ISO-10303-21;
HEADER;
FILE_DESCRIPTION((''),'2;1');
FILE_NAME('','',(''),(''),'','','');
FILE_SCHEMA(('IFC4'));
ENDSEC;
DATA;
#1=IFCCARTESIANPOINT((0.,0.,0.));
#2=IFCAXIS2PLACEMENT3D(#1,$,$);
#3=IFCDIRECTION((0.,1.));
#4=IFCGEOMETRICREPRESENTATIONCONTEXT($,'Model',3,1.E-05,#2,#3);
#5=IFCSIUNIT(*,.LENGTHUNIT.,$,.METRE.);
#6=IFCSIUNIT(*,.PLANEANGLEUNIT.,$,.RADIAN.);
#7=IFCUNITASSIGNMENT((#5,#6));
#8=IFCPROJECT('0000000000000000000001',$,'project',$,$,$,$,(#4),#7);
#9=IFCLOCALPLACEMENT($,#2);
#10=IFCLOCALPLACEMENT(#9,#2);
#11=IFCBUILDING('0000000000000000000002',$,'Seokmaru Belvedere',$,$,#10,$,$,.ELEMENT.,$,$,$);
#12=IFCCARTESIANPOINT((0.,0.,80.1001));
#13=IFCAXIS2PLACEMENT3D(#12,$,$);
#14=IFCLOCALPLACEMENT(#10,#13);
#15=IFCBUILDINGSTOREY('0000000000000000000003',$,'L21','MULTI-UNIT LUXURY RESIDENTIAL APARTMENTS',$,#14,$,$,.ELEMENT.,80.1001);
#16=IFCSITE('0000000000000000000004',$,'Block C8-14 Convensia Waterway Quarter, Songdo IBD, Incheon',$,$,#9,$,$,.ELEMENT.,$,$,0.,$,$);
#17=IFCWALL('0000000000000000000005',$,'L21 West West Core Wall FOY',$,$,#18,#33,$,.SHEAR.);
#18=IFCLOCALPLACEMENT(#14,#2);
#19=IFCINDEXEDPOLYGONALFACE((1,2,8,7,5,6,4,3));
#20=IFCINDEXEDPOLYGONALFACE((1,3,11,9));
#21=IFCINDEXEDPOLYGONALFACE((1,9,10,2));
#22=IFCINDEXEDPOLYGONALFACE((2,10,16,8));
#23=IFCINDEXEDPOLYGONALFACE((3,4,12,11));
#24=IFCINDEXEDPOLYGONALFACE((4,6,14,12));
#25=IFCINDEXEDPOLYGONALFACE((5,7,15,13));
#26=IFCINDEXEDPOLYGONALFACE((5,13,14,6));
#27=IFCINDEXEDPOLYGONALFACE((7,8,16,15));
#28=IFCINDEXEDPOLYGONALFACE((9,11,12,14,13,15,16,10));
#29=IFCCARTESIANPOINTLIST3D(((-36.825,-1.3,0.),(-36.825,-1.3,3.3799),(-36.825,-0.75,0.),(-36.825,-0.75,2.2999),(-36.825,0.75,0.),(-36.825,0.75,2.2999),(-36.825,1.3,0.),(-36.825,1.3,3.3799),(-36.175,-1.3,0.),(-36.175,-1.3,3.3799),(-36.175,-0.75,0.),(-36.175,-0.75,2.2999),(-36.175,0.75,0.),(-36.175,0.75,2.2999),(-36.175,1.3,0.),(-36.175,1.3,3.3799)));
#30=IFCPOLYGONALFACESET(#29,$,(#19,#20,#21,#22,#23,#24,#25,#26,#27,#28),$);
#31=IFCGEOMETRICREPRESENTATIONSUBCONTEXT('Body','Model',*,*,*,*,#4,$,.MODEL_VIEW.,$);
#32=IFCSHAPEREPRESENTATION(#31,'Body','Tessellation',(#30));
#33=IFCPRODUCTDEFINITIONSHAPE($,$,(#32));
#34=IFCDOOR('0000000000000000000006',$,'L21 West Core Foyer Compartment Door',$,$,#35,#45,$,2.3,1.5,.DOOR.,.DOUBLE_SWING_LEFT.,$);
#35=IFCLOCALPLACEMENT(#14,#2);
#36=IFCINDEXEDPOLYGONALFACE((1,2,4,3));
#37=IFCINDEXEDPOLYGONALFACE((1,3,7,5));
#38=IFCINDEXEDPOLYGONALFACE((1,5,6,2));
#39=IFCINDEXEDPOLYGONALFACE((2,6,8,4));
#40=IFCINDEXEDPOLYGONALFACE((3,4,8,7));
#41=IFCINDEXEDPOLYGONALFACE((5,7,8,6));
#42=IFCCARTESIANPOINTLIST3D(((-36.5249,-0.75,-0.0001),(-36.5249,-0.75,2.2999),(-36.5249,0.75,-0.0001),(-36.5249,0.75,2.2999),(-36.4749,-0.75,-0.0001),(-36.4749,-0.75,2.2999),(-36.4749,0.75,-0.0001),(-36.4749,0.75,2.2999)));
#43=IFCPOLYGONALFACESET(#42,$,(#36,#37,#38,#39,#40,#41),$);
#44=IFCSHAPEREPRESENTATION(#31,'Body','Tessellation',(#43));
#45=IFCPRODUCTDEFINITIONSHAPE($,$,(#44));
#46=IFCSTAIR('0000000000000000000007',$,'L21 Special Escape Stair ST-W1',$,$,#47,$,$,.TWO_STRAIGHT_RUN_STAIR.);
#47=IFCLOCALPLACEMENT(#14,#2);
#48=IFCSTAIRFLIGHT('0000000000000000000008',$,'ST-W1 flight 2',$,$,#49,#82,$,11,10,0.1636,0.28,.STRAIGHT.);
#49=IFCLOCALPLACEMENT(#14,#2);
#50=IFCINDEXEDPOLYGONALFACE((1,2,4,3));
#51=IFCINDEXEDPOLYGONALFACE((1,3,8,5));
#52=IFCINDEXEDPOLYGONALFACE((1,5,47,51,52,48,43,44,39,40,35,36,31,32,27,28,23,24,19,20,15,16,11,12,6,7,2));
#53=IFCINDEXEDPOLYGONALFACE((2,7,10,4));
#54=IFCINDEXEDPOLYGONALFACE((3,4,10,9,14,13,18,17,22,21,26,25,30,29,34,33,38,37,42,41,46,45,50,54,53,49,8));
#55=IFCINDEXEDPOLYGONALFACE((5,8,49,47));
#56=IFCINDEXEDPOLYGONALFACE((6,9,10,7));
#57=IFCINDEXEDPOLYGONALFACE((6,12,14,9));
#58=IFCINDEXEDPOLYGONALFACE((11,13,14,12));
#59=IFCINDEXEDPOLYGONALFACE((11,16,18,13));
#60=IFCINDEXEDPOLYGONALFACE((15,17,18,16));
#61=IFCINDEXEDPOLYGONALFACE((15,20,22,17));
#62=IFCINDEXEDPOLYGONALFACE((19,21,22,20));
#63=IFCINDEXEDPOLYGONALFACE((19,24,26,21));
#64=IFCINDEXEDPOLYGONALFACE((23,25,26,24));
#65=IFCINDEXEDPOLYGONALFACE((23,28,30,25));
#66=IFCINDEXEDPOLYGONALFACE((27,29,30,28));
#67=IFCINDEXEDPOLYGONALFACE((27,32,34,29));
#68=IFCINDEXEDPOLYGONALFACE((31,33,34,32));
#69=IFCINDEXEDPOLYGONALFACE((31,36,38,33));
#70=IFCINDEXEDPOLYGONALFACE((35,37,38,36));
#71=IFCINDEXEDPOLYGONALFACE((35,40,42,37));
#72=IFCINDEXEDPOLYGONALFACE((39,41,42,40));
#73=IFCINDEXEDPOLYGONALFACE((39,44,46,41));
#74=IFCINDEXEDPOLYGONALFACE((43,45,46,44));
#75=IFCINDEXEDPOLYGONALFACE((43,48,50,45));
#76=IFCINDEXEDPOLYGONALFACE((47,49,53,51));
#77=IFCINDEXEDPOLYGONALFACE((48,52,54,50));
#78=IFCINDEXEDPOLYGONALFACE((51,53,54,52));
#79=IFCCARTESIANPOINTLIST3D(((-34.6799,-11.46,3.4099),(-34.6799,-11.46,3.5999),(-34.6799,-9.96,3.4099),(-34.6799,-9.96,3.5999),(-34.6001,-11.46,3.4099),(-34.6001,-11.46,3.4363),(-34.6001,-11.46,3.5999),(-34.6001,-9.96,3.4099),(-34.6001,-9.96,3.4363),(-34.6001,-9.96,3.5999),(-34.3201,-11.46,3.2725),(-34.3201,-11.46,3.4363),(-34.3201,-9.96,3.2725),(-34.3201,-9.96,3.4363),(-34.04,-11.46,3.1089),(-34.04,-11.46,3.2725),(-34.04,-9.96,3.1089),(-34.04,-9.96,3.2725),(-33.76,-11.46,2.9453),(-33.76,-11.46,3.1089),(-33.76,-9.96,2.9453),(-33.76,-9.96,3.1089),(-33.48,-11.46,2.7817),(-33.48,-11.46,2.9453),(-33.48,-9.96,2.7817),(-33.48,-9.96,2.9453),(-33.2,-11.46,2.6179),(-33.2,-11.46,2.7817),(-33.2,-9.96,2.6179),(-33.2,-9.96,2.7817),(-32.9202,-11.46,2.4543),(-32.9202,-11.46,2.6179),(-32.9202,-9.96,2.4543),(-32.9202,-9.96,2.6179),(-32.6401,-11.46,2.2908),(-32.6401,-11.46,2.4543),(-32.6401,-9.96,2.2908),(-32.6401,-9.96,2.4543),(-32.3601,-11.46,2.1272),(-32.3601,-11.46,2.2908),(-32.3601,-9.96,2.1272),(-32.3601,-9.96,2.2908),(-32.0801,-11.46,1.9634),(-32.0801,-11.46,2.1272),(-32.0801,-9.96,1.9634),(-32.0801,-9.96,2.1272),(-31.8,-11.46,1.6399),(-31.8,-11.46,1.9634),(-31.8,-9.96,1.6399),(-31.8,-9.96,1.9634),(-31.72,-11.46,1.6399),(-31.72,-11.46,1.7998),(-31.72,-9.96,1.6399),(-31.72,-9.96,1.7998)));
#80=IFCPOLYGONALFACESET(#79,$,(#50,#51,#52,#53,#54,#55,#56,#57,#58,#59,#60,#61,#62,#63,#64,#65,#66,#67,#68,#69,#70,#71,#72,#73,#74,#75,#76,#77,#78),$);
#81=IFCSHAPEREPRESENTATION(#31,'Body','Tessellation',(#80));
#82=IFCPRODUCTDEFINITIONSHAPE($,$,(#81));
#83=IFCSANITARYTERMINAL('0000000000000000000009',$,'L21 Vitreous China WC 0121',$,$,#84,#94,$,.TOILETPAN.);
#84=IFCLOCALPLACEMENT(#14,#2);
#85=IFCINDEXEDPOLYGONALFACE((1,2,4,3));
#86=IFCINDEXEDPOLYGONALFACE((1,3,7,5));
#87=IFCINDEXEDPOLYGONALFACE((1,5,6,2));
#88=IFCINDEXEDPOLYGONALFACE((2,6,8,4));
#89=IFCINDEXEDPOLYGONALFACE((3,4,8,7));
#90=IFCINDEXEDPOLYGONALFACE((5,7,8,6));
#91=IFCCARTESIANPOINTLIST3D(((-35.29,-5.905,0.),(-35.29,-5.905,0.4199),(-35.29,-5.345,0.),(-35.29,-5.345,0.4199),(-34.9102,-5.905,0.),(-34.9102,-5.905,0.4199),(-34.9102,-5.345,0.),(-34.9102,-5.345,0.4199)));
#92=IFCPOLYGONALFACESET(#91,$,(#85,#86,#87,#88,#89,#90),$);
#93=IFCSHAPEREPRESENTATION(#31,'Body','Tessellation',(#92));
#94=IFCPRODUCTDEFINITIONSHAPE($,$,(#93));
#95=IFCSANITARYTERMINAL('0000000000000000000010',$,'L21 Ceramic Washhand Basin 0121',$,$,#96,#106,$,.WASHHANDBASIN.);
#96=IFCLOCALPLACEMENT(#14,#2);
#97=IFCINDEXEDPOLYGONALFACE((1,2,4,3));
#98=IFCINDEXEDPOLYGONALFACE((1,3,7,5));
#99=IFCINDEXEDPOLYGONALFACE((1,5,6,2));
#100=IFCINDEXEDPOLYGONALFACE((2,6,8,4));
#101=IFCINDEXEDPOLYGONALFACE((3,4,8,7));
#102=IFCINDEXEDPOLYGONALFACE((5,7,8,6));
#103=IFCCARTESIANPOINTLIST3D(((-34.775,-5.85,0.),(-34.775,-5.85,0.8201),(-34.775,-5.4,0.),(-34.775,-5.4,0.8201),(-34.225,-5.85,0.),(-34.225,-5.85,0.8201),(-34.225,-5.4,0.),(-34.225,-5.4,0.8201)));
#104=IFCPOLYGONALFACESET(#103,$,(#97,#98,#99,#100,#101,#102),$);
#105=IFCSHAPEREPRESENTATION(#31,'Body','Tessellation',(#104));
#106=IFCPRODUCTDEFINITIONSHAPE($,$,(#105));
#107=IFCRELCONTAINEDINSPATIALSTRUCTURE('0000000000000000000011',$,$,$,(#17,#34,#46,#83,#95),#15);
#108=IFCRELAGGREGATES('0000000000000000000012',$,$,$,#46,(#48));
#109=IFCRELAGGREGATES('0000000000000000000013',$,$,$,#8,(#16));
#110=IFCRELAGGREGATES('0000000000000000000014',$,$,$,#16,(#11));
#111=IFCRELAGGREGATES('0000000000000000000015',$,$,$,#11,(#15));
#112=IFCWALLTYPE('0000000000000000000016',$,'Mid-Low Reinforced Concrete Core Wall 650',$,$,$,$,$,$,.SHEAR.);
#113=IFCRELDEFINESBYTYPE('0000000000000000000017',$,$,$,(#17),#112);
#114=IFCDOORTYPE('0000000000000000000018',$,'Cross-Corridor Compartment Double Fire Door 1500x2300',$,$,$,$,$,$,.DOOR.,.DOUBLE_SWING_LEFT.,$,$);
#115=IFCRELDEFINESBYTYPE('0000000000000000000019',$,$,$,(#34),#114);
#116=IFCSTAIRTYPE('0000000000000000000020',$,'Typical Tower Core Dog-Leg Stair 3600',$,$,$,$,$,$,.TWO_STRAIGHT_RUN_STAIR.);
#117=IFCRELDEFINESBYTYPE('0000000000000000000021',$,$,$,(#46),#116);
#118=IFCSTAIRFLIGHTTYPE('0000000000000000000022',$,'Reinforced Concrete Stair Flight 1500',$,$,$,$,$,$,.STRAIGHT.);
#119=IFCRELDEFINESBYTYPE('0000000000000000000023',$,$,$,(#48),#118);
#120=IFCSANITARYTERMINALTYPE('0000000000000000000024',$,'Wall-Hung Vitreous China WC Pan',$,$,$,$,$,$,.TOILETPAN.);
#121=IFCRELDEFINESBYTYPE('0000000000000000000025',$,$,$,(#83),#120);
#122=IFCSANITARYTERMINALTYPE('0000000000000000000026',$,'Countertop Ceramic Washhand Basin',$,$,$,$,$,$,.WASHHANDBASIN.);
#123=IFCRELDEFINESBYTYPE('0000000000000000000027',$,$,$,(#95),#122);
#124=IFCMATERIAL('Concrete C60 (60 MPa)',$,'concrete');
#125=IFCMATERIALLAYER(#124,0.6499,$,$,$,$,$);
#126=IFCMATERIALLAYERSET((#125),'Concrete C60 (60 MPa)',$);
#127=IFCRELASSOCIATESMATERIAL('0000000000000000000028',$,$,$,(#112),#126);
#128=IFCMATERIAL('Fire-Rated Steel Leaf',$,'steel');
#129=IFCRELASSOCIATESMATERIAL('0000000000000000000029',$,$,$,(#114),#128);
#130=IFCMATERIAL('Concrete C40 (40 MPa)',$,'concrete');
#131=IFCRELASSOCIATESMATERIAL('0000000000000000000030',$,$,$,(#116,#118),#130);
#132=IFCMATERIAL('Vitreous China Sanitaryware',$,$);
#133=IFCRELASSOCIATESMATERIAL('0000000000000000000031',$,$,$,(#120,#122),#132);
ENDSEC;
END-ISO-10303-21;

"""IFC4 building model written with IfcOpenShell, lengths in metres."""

from ifc_helpers import new_model, si_unit, direction, frame, frame_2d, origin, origin_2d, place, context, subcontext, project, spatial, polyline, rectangle, outline, extrude, source, transform, mapped, material, layer, layer_set, type_object, type_shapes, element, fill, aggregate, save


model = new_model("IFC4")

# Units and contexts
model_context = context("Model", 3, precision=1e-05, world=origin(), true_north=direction((0.0, 1.0)))
body_context = subcontext(model_context, "Body", "Model", "MODEL_VIEW")
ifc_project = project(units=[si_unit("LENGTHUNIT", "METRE"), si_unit("PLANEANGLEUNIT", "RADIAN")], contexts=[model_context])

# Site, building, storey
site_placement = place(None, origin())
site = spatial("IfcSite", under=ifc_project, at=site_placement, Name="Block C8-14 Convensia Waterway Quarter, Songdo IBD, Incheon", CompositionType="ELEMENT", RefElevation=0.0)
building_placement = place(site_placement, origin())
building = spatial("IfcBuilding", under=site, at=building_placement, Name="Seokmaru Belvedere", CompositionType="ELEMENT")
storey_placement = place(building_placement, frame((0.0, 0.0, 80.1001)))
storey = spatial("IfcBuildingStorey", under=building, at=storey_placement, Name="L21", Description="MULTI-UNIT LUXURY RESIDENTIAL APARTMENTS", CompositionType="ELEMENT", Elevation=80.1001)

# Wall, opening, door
ifc_material_1 = material(Name="Fire-Rated Steel Leaf", Category="steel")
ifc_material_2 = material(Name="Concrete C60 (60 MPa)", Category="concrete")
ifc_layer_1 = layer(ifc_material_2, 0.6499)
ifc_layer_set_1 = layer_set([ifc_layer_1], Name="Concrete C60 (60 MPa)")
wall_type_1 = type_object("IfcWallType", Name="Mid-Low Reinforced Concrete Core Wall 650", PredefinedType="SHEAR", material=ifc_layer_set_1)
wall_1_placement = place(storey_placement, frame((-36.5, -1.3, 0.0), z_axis=(0.0, 0.0, 1.0), x_axis=(0.0, 1.0, 0.0)))
wall_1 = element("IfcWall", 1, at=wall_1_placement, inside=storey, type_object=wall_type_1, Name="L21 West West Core Wall FOY", PredefinedType="SHEAR", context=body_context, shape_type="SweptSolid", body=[
    extrude(rectangle(XDim=2.6001, YDim=0.6499, at=frame_2d((1.3, 0.0))), origin(), (0.0, 0.0, 1.0), 3.3799),
])
opening_1_placement = place(wall_1_placement, frame((0.55, 0.0, 0.0)))
opening_1 = element("IfcOpeningElement", 2, at=opening_1_placement, cuts=wall_1, PredefinedType="OPENING", context=body_context, shape_type="SweptSolid", body=[
    extrude(rectangle(XDim=1.5, YDim=2.3, at=frame_2d((0.75, 1.1499))), frame((0.0, 0.335, 0.0), z_axis=(0.0, -1.0, 0.0), x_axis=(1.0, 0.0, 0.0)), (0.0, 0.0, 1.0), 0.6699),
])
door_type_1 = type_object("IfcDoorType", Name="Cross-Corridor Compartment Double Fire Door 1500x2300", OperationType="DOUBLE_SWING_LEFT", PredefinedType="DOOR", material=ifc_material_1)
shared_shape_1 = source(origin(), body_context, "Body", "SweptSolid", [
    extrude(rectangle(XDim=1.5, YDim=2.3, at=frame_2d((0.75, 1.1499))), frame((0.0, 0.0249, 0.0), z_axis=(0.0, -1.0, 0.0), x_axis=(1.0, 0.0, 0.0)), (0.0, 0.0, 1.0), 0.05),
])
type_shapes(door_type_1, [shared_shape_1])
door_1_placement = place(opening_1_placement, origin())
door_1 = element("IfcDoor", 3, at=door_1_placement, inside=storey, type_object=door_type_1, Name="L21 West Core Foyer Compartment Door", OperationType="DOUBLE_SWING_LEFT", OverallHeight=2.3, OverallWidth=1.5, PredefinedType="DOOR", context=body_context, shape_type="MappedRepresentation", body=[
    mapped(shared_shape_1, transform((0.0, 0.0, 0.0), scale=1.0)),
])
fill(opening_1, door_1)

# Stair, stair flight
ifc_material_3 = material(Name="Concrete C40 (40 MPa)", Category="concrete")
stair_type = type_object("IfcStairType", Name="Typical Tower Core Dog-Leg Stair 3600", PredefinedType="TWO_STRAIGHT_RUN_STAIR", material=ifc_material_3)
stair_placement = place(storey_placement, origin())
stair = element("IfcStair", 4, at=stair_placement, inside=storey, type_object=stair_type, Name="L21 Special Escape Stair ST-W1", PredefinedType="TWO_STRAIGHT_RUN_STAIR")
stair_flight_type = type_object("IfcStairFlightType", Name="Reinforced Concrete Stair Flight 1500", PredefinedType="STRAIGHT", material=ifc_material_3)
stair_flight_placement = place(storey_placement, frame((-31.8, -10.71, 1.7998), z_axis=(0.0, 0.0, 1.0), x_axis=(-1.0, 0.0, 0.0)))
stair_flight = element("IfcStairFlight", 5, at=stair_flight_placement, type_object=stair_flight_type, Name="ST-W1 flight 2", NumberOfRisers=11, NumberOfTreads=10, PredefinedType="STRAIGHT", RiserHeight=0.1636, TreadLength=0.28, context=body_context, shape_type="SweptSolid", body=[
    extrude(outline(polyline([(-0.0801, 0.0), (0.0, 0.1636), (0.28, 0.1636), (0.28, 0.3274), (0.5601, 0.3274), (0.5601, 0.491), (0.8401, 0.491), (0.8401, 0.6545), (1.1201, 0.6545), (1.1201, 0.8181), (1.3999, 0.8181), (1.3999, 0.9819), (1.6799, 0.9819), (1.6799, 1.1455), (1.96, 1.1455), (1.96, 1.3091), (2.24, 1.3091), (2.24, 1.4727), (2.52, 1.4727), (2.52, 1.6365), (2.8, 1.6365), (2.8, 1.8), (2.8799, 1.8), (2.8799, 1.6101), (2.8, 1.6101), (0.0, -0.1599), (-0.0801, -0.1599), (-0.0801, 0.0)])), frame((0.0, 0.75, 0.0), z_axis=(0.0, -1.0, 0.0), x_axis=(1.0, 0.0, 0.0)), (0.0, 0.0, 1.0), 1.5),
])
aggregate(stair, [stair_flight])

# Sanitary terminals
ifc_material_4 = material(Name="Vitreous China Sanitaryware")
sanitary_terminal_type_1 = type_object("IfcSanitaryTerminalType", Name="Wall-Hung Vitreous China WC Pan", PredefinedType="TOILETPAN", material=ifc_material_4)
shared_shape_2 = source(origin(), body_context, "Body", "SweptSolid", [
    extrude(rectangle(XDim=0.3799, YDim=0.5601, at=origin_2d()), origin(), (0.0, 0.0, 1.0), 0.4199),
])
type_shapes(sanitary_terminal_type_1, [shared_shape_2])
sanitary_terminal_1_placement = place(storey_placement, frame((-35.1001, -5.625, 0.0), z_axis=(0.0, 0.0, 1.0), x_axis=(1.0, 0.0, 0.0)))
element("IfcSanitaryTerminal", 6, at=sanitary_terminal_1_placement, inside=storey, type_object=sanitary_terminal_type_1, Name="L21 Vitreous China WC 0121", PredefinedType="TOILETPAN", context=body_context, shape_type="MappedRepresentation", body=[
    mapped(shared_shape_2, transform((0.0, 0.0, 0.0), scale=1.0)),
])
sanitary_terminal_type_2 = type_object("IfcSanitaryTerminalType", Name="Countertop Ceramic Washhand Basin", PredefinedType="WASHHANDBASIN", material=ifc_material_4)
shared_shape_3 = source(origin(), body_context, "Body", "SweptSolid", [
    extrude(rectangle(XDim=0.55, YDim=0.45, at=origin_2d()), origin(), (0.0, 0.0, 1.0), 0.8201),
])
type_shapes(sanitary_terminal_type_2, [shared_shape_3])
sanitary_terminal_2_placement = place(storey_placement, frame((-34.5, -5.625, 0.0), z_axis=(0.0, 0.0, 1.0), x_axis=(1.0, 0.0, 0.0)))
element("IfcSanitaryTerminal", 7, at=sanitary_terminal_2_placement, inside=storey, type_object=sanitary_terminal_type_2, Name="L21 Ceramic Washhand Basin 0121", PredefinedType="WASHHANDBASIN", context=body_context, shape_type="MappedRepresentation", body=[
    mapped(shared_shape_3, transform((0.0, 0.0, 0.0), scale=1.0)),
])

save(model, "model.ifc")
